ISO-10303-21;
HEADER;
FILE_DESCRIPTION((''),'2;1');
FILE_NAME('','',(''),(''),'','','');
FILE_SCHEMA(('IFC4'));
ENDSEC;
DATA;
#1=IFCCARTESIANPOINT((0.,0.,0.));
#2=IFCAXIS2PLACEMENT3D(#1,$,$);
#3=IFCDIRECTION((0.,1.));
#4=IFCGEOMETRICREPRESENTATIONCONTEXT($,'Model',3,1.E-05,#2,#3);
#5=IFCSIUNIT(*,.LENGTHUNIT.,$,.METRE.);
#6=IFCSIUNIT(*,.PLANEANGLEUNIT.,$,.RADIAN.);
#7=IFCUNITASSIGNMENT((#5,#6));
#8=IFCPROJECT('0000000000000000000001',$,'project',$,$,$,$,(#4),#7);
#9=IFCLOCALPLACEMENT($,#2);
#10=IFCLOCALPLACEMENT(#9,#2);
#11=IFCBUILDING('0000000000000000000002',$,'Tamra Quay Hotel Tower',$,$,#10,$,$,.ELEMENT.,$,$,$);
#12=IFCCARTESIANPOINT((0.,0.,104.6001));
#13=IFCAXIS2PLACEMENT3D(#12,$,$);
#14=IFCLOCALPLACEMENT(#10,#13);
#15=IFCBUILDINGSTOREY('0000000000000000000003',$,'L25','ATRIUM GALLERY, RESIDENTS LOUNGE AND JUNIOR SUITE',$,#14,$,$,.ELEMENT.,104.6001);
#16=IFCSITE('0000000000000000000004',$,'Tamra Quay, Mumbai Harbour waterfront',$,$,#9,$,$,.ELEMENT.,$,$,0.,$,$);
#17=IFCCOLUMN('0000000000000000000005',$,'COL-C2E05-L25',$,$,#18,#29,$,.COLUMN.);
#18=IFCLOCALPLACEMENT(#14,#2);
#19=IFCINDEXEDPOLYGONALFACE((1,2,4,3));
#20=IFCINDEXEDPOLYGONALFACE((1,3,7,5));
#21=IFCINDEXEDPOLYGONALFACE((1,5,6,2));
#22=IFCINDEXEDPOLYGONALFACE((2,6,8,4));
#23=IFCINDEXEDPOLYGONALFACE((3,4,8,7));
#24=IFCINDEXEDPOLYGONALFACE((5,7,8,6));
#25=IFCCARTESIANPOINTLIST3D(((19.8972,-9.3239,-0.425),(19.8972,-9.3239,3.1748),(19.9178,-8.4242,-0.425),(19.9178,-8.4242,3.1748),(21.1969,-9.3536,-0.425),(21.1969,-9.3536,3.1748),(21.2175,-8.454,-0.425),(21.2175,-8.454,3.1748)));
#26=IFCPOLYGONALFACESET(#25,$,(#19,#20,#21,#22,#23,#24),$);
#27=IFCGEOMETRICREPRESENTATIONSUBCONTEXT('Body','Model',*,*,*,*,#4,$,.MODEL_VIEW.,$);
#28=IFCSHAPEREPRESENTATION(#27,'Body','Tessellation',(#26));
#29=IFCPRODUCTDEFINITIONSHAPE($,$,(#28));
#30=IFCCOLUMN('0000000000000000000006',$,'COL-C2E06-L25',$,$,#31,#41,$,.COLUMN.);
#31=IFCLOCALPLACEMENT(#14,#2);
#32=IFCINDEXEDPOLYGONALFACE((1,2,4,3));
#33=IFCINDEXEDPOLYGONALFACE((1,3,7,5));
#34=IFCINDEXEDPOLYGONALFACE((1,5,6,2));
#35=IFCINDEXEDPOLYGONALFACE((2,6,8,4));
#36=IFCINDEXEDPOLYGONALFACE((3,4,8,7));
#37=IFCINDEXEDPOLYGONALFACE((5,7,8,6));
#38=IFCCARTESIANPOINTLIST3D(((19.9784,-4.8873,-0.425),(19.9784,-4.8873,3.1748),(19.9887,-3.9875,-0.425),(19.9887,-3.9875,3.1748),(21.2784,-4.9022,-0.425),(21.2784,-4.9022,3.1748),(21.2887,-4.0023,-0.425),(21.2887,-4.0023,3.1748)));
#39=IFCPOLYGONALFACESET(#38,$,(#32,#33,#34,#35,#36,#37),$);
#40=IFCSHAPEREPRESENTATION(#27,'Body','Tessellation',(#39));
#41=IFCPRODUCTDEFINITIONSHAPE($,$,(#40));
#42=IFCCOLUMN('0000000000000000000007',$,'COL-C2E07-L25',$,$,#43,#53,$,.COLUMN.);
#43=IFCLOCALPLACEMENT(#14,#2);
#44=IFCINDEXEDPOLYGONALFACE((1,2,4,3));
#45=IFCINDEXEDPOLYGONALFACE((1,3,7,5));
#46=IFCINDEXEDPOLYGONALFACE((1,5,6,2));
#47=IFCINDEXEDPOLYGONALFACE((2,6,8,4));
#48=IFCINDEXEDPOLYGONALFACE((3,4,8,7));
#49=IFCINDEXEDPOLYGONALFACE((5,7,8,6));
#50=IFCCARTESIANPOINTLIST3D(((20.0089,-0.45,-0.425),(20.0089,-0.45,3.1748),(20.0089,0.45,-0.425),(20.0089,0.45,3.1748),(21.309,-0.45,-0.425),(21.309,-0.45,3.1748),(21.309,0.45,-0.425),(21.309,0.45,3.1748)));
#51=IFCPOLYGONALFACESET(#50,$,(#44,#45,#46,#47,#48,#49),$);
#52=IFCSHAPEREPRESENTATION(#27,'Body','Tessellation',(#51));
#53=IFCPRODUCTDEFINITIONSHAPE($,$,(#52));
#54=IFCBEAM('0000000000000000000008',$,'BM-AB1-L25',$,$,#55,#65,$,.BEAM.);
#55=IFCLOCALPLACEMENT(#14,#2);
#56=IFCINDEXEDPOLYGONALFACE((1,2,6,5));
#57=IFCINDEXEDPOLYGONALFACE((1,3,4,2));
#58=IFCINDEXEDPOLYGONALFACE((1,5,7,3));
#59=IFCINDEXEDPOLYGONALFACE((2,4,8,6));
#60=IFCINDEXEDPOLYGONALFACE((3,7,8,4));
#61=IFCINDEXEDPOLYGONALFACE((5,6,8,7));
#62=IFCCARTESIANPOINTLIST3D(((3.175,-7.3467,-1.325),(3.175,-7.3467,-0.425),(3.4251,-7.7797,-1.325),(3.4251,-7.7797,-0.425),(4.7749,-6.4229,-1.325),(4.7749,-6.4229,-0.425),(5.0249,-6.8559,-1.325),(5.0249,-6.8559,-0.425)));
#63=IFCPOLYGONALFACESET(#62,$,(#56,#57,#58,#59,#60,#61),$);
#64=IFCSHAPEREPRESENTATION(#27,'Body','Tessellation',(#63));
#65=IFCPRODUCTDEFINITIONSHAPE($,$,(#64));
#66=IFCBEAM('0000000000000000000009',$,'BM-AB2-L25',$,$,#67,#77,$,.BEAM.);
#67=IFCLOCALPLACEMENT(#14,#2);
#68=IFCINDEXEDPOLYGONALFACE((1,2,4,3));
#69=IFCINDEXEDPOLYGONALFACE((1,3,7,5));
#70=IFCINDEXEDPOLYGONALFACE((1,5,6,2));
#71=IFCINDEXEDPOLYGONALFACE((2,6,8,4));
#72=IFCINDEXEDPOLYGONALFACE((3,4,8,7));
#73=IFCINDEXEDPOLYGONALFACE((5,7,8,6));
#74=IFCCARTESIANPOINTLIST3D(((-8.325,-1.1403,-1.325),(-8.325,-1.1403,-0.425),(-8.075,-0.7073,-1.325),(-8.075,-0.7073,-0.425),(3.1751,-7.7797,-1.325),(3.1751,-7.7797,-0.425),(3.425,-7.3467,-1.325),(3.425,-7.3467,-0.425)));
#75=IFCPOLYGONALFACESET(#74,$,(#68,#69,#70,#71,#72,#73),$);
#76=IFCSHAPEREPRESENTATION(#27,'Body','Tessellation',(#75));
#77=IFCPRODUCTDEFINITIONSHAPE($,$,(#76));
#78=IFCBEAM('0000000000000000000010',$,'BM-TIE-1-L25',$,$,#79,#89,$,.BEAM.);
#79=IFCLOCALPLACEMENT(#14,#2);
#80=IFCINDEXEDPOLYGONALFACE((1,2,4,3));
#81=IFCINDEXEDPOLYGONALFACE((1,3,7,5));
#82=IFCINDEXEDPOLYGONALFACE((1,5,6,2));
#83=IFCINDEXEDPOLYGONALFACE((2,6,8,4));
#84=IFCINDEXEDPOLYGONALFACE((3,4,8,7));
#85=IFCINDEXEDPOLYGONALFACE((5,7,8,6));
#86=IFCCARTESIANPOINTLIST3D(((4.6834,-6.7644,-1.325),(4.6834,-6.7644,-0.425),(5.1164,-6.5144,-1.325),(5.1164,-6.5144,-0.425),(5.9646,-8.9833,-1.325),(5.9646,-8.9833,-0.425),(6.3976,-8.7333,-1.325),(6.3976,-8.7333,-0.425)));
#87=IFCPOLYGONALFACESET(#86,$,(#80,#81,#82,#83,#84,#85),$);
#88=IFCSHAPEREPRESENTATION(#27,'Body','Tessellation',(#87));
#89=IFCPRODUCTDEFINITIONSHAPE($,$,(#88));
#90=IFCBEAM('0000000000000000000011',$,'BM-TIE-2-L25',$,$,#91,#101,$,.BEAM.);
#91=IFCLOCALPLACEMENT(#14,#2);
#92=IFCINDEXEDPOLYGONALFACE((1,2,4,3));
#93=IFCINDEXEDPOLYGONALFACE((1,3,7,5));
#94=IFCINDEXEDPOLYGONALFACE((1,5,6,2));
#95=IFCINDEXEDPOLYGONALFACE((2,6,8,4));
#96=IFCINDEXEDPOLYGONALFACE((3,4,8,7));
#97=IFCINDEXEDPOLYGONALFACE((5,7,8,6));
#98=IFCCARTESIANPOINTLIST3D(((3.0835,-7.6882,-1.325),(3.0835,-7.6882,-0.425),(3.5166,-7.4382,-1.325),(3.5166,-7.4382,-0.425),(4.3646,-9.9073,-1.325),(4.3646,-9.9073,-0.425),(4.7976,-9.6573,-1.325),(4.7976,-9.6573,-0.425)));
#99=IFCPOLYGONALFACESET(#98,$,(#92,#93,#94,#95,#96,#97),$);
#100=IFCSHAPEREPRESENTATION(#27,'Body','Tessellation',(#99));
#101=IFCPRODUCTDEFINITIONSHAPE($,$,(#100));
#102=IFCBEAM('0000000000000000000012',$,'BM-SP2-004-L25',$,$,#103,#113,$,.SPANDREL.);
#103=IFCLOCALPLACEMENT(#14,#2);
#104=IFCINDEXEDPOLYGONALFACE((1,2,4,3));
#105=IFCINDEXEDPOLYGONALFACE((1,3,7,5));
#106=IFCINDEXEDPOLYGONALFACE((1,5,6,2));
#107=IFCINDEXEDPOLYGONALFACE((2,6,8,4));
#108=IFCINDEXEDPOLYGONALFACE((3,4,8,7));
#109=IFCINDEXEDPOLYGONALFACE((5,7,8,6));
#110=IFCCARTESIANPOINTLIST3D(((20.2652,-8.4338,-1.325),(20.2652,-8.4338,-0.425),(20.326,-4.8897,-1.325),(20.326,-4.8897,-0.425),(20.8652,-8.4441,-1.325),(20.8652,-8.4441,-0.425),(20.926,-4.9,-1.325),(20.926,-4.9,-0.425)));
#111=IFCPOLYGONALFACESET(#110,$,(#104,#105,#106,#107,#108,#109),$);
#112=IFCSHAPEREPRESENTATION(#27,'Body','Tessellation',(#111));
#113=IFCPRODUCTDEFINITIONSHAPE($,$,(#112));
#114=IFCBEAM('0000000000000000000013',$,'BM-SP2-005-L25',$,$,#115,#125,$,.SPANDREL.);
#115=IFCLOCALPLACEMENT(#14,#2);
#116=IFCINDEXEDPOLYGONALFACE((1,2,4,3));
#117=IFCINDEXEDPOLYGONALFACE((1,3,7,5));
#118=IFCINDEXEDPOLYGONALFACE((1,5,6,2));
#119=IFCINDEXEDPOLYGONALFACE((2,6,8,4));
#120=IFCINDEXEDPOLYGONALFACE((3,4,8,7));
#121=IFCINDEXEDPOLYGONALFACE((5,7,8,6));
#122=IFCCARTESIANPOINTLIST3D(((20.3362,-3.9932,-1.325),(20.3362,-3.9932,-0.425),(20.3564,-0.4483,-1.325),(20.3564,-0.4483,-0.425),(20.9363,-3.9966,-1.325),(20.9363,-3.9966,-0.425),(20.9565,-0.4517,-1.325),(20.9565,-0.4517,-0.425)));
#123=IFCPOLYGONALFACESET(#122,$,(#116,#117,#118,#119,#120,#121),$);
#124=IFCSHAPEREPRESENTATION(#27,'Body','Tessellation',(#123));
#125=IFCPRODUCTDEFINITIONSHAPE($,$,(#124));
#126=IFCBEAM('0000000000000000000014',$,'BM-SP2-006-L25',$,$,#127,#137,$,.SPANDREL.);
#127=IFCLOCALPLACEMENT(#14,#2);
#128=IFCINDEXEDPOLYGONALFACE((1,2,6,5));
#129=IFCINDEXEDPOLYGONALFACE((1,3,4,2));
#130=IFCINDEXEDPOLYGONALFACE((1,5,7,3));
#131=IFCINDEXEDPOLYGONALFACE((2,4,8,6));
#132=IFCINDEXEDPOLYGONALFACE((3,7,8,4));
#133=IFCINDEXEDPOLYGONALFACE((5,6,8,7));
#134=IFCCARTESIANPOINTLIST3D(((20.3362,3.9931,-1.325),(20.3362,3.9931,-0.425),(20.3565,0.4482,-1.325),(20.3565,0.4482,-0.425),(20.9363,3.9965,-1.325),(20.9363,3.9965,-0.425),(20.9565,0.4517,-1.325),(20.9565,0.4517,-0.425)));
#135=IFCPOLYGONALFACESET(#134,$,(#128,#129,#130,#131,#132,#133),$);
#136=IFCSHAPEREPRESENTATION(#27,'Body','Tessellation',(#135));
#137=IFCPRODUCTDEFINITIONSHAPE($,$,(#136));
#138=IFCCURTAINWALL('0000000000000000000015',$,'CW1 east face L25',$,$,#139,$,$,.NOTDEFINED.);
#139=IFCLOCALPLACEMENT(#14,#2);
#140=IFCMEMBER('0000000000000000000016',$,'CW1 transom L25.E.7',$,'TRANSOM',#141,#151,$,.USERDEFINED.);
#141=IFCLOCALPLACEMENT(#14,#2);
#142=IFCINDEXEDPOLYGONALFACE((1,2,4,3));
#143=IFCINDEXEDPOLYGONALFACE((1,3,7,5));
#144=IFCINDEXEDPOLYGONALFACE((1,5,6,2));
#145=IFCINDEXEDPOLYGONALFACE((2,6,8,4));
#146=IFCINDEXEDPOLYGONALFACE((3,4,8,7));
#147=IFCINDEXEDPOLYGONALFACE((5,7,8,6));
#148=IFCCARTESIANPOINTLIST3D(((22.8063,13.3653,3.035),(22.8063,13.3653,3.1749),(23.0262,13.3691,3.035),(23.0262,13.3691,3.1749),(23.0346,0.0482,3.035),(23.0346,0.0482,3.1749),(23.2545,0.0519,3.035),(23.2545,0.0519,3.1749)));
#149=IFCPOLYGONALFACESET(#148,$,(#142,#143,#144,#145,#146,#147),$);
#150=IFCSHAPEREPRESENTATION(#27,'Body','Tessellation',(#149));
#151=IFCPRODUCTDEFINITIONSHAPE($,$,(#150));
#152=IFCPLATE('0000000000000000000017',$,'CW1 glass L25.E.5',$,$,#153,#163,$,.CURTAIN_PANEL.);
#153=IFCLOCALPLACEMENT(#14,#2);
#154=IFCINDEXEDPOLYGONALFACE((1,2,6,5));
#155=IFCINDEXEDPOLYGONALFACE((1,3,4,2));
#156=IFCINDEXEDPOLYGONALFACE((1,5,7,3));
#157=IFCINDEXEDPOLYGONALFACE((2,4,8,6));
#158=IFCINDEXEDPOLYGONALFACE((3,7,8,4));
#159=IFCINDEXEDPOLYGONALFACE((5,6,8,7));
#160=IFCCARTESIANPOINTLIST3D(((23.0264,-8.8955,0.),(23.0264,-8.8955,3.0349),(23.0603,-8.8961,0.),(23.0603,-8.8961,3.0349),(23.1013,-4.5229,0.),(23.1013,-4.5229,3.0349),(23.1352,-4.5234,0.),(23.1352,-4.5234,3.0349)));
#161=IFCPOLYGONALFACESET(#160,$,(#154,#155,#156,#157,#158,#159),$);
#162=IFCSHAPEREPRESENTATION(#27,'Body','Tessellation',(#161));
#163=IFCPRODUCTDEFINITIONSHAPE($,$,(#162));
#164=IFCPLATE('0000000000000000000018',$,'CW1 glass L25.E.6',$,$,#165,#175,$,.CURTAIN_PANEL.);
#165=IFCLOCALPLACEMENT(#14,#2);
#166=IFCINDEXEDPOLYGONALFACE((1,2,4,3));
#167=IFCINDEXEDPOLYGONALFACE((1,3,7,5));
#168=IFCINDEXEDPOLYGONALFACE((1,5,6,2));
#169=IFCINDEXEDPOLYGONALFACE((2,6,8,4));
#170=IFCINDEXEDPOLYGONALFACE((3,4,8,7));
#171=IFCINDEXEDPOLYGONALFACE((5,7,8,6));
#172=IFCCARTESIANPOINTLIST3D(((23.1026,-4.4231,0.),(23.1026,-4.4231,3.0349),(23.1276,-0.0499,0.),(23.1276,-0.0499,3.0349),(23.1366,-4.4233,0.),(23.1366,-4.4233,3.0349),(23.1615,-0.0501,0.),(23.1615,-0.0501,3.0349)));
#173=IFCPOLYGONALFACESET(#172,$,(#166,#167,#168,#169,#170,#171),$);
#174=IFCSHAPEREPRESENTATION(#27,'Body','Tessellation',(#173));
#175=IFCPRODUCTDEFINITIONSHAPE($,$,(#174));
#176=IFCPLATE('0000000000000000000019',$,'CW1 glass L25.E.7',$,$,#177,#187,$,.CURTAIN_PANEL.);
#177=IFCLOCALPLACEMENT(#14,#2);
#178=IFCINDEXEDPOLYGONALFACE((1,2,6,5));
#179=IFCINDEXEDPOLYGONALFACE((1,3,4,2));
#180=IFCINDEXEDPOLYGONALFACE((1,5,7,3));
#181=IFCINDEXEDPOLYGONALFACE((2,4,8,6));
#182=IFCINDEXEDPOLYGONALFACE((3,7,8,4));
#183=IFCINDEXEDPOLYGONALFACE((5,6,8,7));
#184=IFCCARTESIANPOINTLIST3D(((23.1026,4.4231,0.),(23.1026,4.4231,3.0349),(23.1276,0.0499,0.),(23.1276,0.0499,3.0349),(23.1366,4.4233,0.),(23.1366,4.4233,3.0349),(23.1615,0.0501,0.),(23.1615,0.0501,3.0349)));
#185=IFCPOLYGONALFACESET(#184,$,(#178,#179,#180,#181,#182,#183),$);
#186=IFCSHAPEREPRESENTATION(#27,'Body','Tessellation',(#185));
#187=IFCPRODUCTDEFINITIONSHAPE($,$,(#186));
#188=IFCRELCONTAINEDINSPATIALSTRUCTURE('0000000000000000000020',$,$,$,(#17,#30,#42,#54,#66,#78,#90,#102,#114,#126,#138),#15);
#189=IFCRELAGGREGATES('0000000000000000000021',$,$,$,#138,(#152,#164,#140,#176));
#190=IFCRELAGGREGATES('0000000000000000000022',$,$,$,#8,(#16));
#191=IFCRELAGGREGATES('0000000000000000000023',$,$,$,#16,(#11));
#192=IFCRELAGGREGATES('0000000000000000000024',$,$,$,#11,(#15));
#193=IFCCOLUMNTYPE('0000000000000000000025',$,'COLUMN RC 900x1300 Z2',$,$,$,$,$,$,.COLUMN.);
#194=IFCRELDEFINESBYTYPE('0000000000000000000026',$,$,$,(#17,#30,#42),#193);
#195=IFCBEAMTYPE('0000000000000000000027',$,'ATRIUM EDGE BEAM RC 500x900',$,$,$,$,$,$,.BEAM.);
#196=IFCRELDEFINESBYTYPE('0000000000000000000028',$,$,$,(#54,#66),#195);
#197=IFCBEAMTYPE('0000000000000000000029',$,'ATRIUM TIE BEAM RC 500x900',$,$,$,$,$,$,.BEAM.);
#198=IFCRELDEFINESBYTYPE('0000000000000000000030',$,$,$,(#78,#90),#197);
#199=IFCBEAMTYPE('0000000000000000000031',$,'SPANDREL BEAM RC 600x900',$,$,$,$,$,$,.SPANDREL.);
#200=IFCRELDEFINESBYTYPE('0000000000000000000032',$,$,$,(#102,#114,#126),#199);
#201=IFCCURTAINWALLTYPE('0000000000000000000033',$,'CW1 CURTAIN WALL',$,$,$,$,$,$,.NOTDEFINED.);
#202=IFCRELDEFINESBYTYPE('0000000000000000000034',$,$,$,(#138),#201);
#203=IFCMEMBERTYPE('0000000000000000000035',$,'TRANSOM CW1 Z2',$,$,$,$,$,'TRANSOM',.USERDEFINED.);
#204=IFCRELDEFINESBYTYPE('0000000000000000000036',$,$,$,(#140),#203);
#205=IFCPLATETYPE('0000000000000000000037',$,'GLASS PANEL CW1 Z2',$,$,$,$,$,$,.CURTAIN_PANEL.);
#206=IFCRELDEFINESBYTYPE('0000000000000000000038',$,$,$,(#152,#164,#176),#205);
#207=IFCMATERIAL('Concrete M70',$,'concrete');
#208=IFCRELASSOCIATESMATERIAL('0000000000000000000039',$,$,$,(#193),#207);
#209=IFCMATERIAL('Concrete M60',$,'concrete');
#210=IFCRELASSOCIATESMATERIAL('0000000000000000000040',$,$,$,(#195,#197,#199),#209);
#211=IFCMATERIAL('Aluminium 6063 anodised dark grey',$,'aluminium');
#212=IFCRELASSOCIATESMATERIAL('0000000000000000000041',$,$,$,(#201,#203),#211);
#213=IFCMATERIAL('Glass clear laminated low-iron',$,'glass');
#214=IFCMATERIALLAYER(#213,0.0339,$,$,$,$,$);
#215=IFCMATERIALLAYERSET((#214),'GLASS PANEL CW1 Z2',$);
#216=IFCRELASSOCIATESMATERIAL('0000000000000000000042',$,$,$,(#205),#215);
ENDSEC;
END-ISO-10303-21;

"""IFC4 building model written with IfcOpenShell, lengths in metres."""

from ifc_helpers import new_model, si_unit, direction, frame, origin, origin_2d, place, context, subcontext, project, spatial, rectangle, extrude, material, layer, layer_set, material_profile, profile_set, type_object, element, aggregate, save


model = new_model("IFC4")

# Units and contexts
model_context = context("Model", 3, precision=1e-05, world=origin(), true_north=direction((0.0, 1.0)))
body_context = subcontext(model_context, "Body", "Model", "MODEL_VIEW")
ifc_project = project(units=[si_unit("LENGTHUNIT", "METRE"), si_unit("PLANEANGLEUNIT", "RADIAN")], contexts=[model_context])

# Site, building, storey
site_placement = place(None, origin())
site = spatial("IfcSite", under=ifc_project, at=site_placement, Name="Tamra Quay, Mumbai Harbour waterfront", CompositionType="ELEMENT", RefElevation=0.0)
building_placement = place(site_placement, origin())
building = spatial("IfcBuilding", under=site, at=building_placement, Name="Tamra Quay Hotel Tower", CompositionType="ELEMENT")
storey_placement = place(building_placement, frame((0.0, 0.0, 104.6001)))
storey = spatial("IfcBuildingStorey", under=building, at=storey_placement, Name="L25", Description="ATRIUM GALLERY, RESIDENTS LOUNGE AND JUNIOR SUITE", CompositionType="ELEMENT", Elevation=104.6001)

# Columns
ifc_material_1 = material(Name="Concrete M70", Category="concrete")
ifc_material_profile_1 = material_profile(ifc_material_1, rectangle(XDim=1.3, YDim=0.8999, at=origin_2d()), Name="COLUMN RC 900x1300 Z2")
ifc_profile_set_1 = profile_set([ifc_material_profile_1], Name="Concrete M70")
column_type = type_object("IfcColumnType", Name="COLUMN RC 900x1300 Z2", PredefinedType="COLUMN", material=ifc_profile_set_1)
for number, where, z_axis, x_axis, name in (
    (1, (20.5574, -8.8889, -0.425), (0.0, 0.0, 1.0), (-0.999738, 0.022874, 0.0), "COL-C2E05-L25"),
    (2, (20.6335, -4.4448, -0.425), (0.0, 0.0, 1.0), (-0.999935, 0.011439, 0.0), "COL-C2E06-L25"),
    (3, (20.6589, 0.0, -0.425), (0.0, 0.0, 1.0), (1.0, 0.0, 0.0), "COL-C2E07-L25"),
):
    element("IfcColumn", number, at=place(storey_placement, frame(where, z_axis=z_axis, x_axis=x_axis)), inside=storey, type_object=column_type, Name=name, PredefinedType="COLUMN", context=body_context, shape_type="SweptSolid", body=[
        extrude(rectangle(XDim=1.3, YDim=0.8999, at=origin_2d()), origin(), (0.0, 0.0, 1.0), 3.5999),
    ])

# Beams
ifc_material_2 = material(Name="Concrete M60", Category="concrete")
ifc_material_profile_2 = material_profile(ifc_material_2, rectangle(XDim=0.5, YDim=0.8999, at=origin_2d()), Name="ATRIUM EDGE BEAM RC 500x900")
ifc_profile_set_2 = profile_set([ifc_material_profile_2], Name="Concrete M60")
beam_type_1 = type_object("IfcBeamType", Name="ATRIUM EDGE BEAM RC 500x900", PredefinedType="BEAM", material=ifc_profile_set_2)
beam_1_placement = place(storey_placement, frame((4.8999, -6.6394, -0.875), z_axis=(-0.86599, -0.500062, 0.0), x_axis=(0.500062, -0.86599, 0.0)))
element("IfcBeam", 4, at=beam_1_placement, inside=storey, type_object=beam_type_1, Name="BM-AB1-L25", PredefinedType="BEAM", context=body_context, shape_type="SweptSolid", body=[
    extrude(rectangle(XDim=0.5, YDim=0.8999, at=origin_2d()), origin(), (0.0, 0.0, 1.0), 1.8474),
])
beam_2_placement = place(storey_placement, frame((3.3, -7.5632, -0.875), z_axis=(-0.866029, 0.499993, 0.0), x_axis=(-0.499993, -0.866029, 0.0)))
element("IfcBeam", 5, at=beam_2_placement, inside=storey, type_object=beam_type_1, Name="BM-AB2-L25", PredefinedType="BEAM", context=body_context, shape_type="SweptSolid", body=[
    extrude(rectangle(XDim=0.5, YDim=0.8999, at=origin_2d()), origin(), (0.0, 0.0, 1.0), 13.2791),
])
ifc_material_profile_3 = material_profile(ifc_material_2, rectangle(XDim=0.5, YDim=0.8999, at=origin_2d()), Name="ATRIUM TIE BEAM RC 500x900")
ifc_profile_set_3 = profile_set([ifc_material_profile_3], Name="Concrete M60")
beam_type_2 = type_object("IfcBeamType", Name="ATRIUM TIE BEAM RC 500x900", PredefinedType="BEAM", material=ifc_profile_set_3)
for number, where, z_axis, x_axis, name in (
    (6, (4.8999, -6.6394, -0.875), (0.500033, -0.866006, 0.0), (0.866006, 0.500033, 0.0), "BM-TIE-1-L25"),
    (7, (3.3, -7.5632, -0.875), (0.499962, -0.866048, 0.0), (0.866048, 0.499962, 0.0), "BM-TIE-2-L25"),
):
    element("IfcBeam", number, at=place(storey_placement, frame(where, z_axis=z_axis, x_axis=x_axis)), inside=storey, type_object=beam_type_2, Name=name, PredefinedType="BEAM", context=body_context, shape_type="SweptSolid", body=[
        extrude(rectangle(XDim=0.5, YDim=0.8999, at=origin_2d()), origin(), (0.0, 0.0, 1.0), 2.5623),
    ])
ifc_material_profile_4 = material_profile(ifc_material_2, rectangle(XDim=0.6001, YDim=0.8999, at=origin_2d()), Name="SPANDREL BEAM RC 600x900")
ifc_profile_set_4 = profile_set([ifc_material_profile_4], Name="Concrete M60")
beam_type_3 = type_object("IfcBeamType", Name="SPANDREL BEAM RC 600x900", PredefinedType="SPANDREL", material=ifc_profile_set_4)
beam_3_placement = place(storey_placement, frame((20.5652, -8.439, -0.875), z_axis=(0.01715, 0.999853, 0.0), x_axis=(-0.999853, 0.01715, 0.0)))
element("IfcBeam", 8, at=beam_3_placement, inside=storey, type_object=beam_type_3, Name="BM-SP2-004-L25", PredefinedType="SPANDREL", context=body_context, shape_type="SweptSolid", body=[
    extrude(rectangle(XDim=0.6001, YDim=0.8999, at=origin_2d()), origin(), (0.0, 0.0, 1.0), 3.5447),
])
for number, where, z_axis, x_axis, name in (
    (9, (20.6362, -3.9949, -0.875), (0.005716, 0.999984, 0.0), (-0.999984, 0.005716, 0.0), "BM-SP2-005-L25"),
    (10, (20.6565, 0.45, -0.875), (-0.005716, 0.999984, 0.0), (-0.999984, -0.005716, 0.0), "BM-SP2-006-L25"),
):
    element("IfcBeam", number, at=place(storey_placement, frame(where, z_axis=z_axis, x_axis=x_axis)), inside=storey, type_object=beam_type_3, Name=name, PredefinedType="SPANDREL", context=body_context, shape_type="SweptSolid", body=[
        extrude(rectangle(XDim=0.6001, YDim=0.8999, at=origin_2d()), origin(), (0.0, 0.0, 1.0), 3.5449),
    ])

# Curtain wall, member, plates
ifc_material_3 = material(Name="Aluminium 6063 anodised dark grey", Category="aluminium")
curtain_wall_type = type_object("IfcCurtainWallType", Name="CW1 CURTAIN WALL", PredefinedType="NOTDEFINED", material=ifc_material_3)
curtain_wall_placement = place(storey_placement, origin())
curtain_wall = element("IfcCurtainWall", 11, at=curtain_wall_placement, inside=storey, type_object=curtain_wall_type, Name="CW1 east face L25", PredefinedType="NOTDEFINED")
ifc_material_profile_5 = material_profile(ifc_material_3, rectangle(XDim=0.22, YDim=0.1399, at=origin_2d()), Name="TRANSOM 220X140")
ifc_profile_set_5 = profile_set([ifc_material_profile_5], Name="Aluminium 6063 anodised dark grey")
member_type = type_object("IfcMemberType", Name="TRANSOM CW1 Z2", ElementType="TRANSOM", PredefinedType="USERDEFINED", material=ifc_profile_set_5)
member_placement = place(storey_placement, frame((23.1445, 0.05, 3.105), z_axis=(-0.017139, 0.999853, 0.0), x_axis=(-0.999853, -0.017139, 0.0)))
member = element("IfcMember", 12, at=member_placement, type_object=member_type, Name="CW1 transom L25.E.7", ObjectType="TRANSOM", PredefinedType="USERDEFINED", context=body_context, shape_type="SweptSolid", body=[
    extrude(rectangle(XDim=0.22, YDim=0.1399, at=origin_2d()), origin(), (0.0, 0.0, 1.0), 13.3191),
])
ifc_material_4 = material(Name="Glass clear laminated low-iron", Category="glass")
ifc_layer_1 = layer(ifc_material_4, 0.0339)
ifc_layer_set_1 = layer_set([ifc_layer_1], Name="GLASS PANEL CW1 Z2")
plate_type = type_object("IfcPlateType", Name="GLASS PANEL CW1 Z2", PredefinedType="CURTAIN_PANEL", material=ifc_layer_set_1)
plate_1_placement = place(storey_placement, frame((23.0808, -6.7095, 0.0), z_axis=(0.0, 0.0, 1.0), x_axis=(0.017134, 0.999853, 0.0)))
plate_1 = element("IfcPlate", 13, at=plate_1_placement, type_object=plate_type, Name="CW1 glass L25.E.5", PredefinedType="CURTAIN_PANEL", context=body_context, shape_type="SweptSolid", body=[
    extrude(rectangle(XDim=4.3733, YDim=0.0339, at=origin_2d()), origin(), (0.0, 0.0, 1.0), 3.0349),
])
plate_2_placement = place(storey_placement, frame((23.1321, -2.2366, 0.0), z_axis=(0.0, 0.0, 1.0), x_axis=(0.005713, 0.999984, 0.0)))
plate_2 = element("IfcPlate", 14, at=plate_2_placement, type_object=plate_type, Name="CW1 glass L25.E.6", PredefinedType="CURTAIN_PANEL", context=body_context, shape_type="SweptSolid", body=[
    extrude(rectangle(XDim=4.3733, YDim=0.0339, at=origin_2d()), origin(), (0.0, 0.0, 1.0), 3.0349),
])
plate_3_placement = place(storey_placement, frame((23.1321, 2.2366, 0.0), z_axis=(0.0, 0.0, 1.0), x_axis=(-0.005713, 0.999984, 0.0)))
plate_3 = element("IfcPlate", 15, at=plate_3_placement, type_object=plate_type, Name="CW1 glass L25.E.7", PredefinedType="CURTAIN_PANEL", context=body_context, shape_type="SweptSolid", body=[
    extrude(rectangle(XDim=4.3733, YDim=0.0339, at=origin_2d()), origin(), (0.0, 0.0, 1.0), 3.0349),
])
aggregate(curtain_wall, [plate_1, plate_2, member, plate_3])

save(model, "model.ifc")
